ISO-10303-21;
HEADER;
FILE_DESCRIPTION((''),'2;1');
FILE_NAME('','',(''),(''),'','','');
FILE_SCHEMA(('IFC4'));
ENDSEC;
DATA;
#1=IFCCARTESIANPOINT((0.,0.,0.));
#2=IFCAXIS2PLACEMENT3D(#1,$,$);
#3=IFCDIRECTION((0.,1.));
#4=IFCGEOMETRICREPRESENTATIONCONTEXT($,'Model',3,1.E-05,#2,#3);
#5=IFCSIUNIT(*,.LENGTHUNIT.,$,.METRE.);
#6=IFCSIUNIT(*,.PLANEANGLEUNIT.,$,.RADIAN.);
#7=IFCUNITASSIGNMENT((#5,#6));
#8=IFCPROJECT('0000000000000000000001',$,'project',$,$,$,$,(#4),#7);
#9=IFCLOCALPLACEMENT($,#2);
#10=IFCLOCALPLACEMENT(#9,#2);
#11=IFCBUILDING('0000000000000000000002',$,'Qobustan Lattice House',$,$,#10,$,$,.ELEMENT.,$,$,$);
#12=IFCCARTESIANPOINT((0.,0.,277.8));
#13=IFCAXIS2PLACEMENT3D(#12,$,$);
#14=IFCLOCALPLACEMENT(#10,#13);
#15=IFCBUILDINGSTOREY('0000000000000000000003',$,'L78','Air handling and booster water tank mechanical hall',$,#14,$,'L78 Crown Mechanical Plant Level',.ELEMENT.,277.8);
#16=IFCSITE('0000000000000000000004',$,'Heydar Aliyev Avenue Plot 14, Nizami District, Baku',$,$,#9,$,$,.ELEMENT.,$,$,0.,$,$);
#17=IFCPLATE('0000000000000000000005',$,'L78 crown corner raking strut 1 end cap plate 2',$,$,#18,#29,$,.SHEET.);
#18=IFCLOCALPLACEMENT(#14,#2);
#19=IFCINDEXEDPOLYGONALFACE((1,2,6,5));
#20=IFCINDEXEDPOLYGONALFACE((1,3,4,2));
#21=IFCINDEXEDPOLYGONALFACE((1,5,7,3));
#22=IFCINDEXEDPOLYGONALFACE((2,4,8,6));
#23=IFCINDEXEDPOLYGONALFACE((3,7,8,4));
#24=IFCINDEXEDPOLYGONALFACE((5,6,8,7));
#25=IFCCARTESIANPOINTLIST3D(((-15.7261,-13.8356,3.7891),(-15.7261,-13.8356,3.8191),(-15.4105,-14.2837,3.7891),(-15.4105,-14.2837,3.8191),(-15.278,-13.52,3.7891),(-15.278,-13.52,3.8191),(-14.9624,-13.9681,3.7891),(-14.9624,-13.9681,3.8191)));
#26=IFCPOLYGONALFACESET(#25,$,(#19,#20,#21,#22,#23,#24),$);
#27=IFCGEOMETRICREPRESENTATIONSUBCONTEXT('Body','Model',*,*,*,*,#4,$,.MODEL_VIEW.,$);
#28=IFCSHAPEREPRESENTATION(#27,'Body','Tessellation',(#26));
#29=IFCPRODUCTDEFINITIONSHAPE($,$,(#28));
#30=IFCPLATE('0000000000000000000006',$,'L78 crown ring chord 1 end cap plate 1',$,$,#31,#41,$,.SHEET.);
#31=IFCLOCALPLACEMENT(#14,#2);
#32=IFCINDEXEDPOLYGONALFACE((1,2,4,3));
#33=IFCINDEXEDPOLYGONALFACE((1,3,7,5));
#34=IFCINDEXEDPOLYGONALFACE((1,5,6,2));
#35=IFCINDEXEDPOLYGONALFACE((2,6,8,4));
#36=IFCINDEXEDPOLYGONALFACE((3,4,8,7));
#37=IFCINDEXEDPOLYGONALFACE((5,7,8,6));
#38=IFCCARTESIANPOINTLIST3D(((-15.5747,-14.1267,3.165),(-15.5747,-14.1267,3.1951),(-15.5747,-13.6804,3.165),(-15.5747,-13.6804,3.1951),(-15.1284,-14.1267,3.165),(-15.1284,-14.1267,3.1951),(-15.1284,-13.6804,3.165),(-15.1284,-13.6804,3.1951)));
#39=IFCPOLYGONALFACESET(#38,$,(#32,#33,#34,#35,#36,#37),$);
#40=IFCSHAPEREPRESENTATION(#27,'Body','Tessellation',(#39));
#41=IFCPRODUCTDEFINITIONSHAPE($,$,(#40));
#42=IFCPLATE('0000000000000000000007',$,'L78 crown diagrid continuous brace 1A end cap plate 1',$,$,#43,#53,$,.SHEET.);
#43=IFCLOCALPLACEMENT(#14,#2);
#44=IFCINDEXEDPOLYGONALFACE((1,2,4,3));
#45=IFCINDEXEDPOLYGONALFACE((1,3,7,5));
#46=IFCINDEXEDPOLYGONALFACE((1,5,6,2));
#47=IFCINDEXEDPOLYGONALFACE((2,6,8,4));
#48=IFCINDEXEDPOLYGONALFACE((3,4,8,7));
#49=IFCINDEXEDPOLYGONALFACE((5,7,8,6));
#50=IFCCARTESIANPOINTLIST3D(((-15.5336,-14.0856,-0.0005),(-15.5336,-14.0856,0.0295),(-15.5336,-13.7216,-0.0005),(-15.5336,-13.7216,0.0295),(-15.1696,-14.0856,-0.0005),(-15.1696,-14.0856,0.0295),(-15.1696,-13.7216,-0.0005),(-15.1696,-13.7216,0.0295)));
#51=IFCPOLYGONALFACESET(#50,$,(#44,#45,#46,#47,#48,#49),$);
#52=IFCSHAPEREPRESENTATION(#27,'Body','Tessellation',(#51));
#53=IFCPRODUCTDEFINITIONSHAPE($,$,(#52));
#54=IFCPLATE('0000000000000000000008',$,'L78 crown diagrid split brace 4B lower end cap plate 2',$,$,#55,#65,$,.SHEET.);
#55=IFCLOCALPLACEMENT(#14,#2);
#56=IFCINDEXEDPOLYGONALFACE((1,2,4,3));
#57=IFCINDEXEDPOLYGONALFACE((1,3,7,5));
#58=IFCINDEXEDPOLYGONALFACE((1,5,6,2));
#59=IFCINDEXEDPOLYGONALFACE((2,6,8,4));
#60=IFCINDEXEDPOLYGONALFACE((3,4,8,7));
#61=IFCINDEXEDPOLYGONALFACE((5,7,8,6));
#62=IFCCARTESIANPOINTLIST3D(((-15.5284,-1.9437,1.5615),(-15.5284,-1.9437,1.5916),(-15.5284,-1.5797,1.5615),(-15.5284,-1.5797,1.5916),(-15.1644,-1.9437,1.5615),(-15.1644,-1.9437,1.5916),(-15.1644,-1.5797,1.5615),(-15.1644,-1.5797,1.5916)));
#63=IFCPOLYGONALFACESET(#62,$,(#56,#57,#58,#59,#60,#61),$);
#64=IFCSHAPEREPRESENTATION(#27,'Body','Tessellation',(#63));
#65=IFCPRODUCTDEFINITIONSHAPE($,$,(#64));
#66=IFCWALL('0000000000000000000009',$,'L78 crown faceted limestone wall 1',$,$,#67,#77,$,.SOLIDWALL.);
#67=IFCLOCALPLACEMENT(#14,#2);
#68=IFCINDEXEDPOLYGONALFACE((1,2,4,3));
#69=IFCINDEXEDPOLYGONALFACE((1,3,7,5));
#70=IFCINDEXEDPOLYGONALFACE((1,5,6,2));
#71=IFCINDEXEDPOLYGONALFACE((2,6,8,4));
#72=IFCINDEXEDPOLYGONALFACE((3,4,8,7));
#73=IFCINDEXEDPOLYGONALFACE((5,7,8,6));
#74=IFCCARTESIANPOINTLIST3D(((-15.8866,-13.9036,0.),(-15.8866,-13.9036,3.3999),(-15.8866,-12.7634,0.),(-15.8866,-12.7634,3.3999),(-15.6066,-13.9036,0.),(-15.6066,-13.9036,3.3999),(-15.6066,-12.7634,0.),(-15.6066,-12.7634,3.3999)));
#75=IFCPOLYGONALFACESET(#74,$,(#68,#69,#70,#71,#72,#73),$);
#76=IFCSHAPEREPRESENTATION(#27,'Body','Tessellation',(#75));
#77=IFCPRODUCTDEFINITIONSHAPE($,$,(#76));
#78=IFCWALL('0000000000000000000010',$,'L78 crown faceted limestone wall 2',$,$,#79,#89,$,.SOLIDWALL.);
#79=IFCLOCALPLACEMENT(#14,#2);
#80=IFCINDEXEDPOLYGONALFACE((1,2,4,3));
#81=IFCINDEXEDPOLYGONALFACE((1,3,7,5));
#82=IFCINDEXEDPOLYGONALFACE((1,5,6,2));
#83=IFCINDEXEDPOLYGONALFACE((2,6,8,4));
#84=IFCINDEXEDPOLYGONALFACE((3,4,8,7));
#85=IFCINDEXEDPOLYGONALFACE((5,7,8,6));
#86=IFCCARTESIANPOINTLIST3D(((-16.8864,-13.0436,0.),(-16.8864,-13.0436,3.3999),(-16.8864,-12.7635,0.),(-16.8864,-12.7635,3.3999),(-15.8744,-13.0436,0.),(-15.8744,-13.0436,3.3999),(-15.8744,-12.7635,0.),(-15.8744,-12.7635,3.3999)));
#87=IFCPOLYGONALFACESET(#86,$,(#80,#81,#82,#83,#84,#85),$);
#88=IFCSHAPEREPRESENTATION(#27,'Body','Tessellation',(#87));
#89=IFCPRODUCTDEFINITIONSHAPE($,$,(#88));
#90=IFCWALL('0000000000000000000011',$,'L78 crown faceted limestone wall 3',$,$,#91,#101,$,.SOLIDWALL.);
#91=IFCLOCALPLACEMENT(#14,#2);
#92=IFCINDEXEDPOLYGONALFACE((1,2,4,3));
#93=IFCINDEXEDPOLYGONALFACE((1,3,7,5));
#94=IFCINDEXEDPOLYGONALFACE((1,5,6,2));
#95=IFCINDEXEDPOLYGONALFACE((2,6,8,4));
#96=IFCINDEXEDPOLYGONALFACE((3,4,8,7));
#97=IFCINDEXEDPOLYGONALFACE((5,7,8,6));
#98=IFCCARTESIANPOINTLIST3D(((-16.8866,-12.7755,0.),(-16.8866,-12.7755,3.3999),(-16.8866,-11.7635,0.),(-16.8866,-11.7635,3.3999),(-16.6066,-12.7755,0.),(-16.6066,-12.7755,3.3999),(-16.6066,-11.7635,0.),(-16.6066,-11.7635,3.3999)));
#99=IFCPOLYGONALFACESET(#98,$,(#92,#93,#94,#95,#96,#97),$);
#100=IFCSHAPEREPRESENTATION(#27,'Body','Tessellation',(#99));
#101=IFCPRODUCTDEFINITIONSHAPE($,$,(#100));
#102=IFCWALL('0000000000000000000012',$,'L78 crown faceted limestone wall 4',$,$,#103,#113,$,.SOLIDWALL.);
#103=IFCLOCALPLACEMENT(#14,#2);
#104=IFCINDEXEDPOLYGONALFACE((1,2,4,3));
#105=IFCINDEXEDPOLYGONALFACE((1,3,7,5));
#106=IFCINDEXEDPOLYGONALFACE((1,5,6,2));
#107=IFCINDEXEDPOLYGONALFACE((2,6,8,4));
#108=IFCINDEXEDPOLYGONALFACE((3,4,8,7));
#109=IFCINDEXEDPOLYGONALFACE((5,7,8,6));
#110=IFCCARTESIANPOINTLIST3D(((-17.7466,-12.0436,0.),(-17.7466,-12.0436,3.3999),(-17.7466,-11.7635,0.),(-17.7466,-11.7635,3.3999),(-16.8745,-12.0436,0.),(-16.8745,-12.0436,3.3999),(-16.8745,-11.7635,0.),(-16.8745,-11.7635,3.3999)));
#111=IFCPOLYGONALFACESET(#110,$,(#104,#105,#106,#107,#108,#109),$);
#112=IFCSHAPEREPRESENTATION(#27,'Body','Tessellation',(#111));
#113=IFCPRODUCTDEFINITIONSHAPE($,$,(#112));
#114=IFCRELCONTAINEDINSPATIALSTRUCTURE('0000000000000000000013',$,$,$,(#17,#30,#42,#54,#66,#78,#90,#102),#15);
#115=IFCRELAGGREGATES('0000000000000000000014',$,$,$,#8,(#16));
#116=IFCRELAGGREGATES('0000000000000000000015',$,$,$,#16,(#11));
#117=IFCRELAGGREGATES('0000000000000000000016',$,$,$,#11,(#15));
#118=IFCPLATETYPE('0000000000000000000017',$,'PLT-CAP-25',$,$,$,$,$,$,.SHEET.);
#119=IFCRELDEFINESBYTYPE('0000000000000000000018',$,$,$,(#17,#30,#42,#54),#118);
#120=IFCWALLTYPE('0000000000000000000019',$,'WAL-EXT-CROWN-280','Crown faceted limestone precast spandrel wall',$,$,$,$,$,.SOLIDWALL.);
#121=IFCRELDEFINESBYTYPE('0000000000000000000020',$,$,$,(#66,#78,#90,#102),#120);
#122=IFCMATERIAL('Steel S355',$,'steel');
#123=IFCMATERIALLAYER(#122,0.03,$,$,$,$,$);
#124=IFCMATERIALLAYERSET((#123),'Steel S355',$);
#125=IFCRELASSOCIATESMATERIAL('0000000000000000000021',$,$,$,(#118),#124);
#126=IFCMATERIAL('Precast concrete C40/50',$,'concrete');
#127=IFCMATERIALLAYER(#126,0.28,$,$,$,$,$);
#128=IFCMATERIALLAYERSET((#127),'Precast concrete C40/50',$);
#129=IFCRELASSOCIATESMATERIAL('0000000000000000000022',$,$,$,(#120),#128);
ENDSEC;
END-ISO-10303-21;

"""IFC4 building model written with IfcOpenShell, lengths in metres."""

from ifc_helpers import new_model, si_unit, direction, frame, frame_2d, origin, origin_2d, place, context, subcontext, project, spatial, rectangle, extrude, material, layer, layer_set, type_object, element, save


model = new_model("IFC4")

# Units and contexts
model_context = context("Model", 3, precision=1e-05, world=origin(), true_north=direction((0.0, 1.0)))
body_context = subcontext(model_context, "Body", "Model", "MODEL_VIEW")
ifc_project = project(units=[si_unit("LENGTHUNIT", "METRE"), si_unit("PLANEANGLEUNIT", "RADIAN")], contexts=[model_context])

# Site, building, storey
site_placement = place(None, origin())
site = spatial("IfcSite", under=ifc_project, at=site_placement, Name="Heydar Aliyev Avenue Plot 14, Nizami District, Baku", CompositionType="ELEMENT", RefElevation=0.0)
building_placement = place(site_placement, origin())
building = spatial("IfcBuilding", under=site, at=building_placement, Name="Qobustan Lattice House", CompositionType="ELEMENT")
storey_placement = place(building_placement, frame((0.0, 0.0, 277.8)))
storey = spatial("IfcBuildingStorey", under=building, at=storey_placement, Name="L78", Description="Air handling and booster water tank mechanical hall", LongName="L78 Crown Mechanical Plant Level", CompositionType="ELEMENT", Elevation=277.8)

# Plates
ifc_material_1 = material(Name="Steel S355", Category="steel")
ifc_layer_1 = layer(ifc_material_1, 0.03)
ifc_layer_set_1 = layer_set([ifc_layer_1], Name="Steel S355")
plate_type_1 = type_object("IfcPlateType", Name="PLT-CAP-25", PredefinedType="SHEET", material=ifc_layer_set_1)
for number, where, z_axis, x_axis, name in (
    (1, (-15.3442, -13.9019, 3.7891), (0.0, 0.0, 1.0), (0.817587, 0.575805, 0.0), "L78 crown corner raking strut 1 end cap plate 2"),
):
    element("IfcPlate", number, at=place(storey_placement, frame(where, z_axis=z_axis, x_axis=x_axis)), inside=storey, type_object=plate_type_1, Name=name, PredefinedType="SHEET", context=body_context, shape_type="SweptSolid", body=[
        extrude(rectangle(XDim=0.5481, YDim=0.5481, at=origin_2d()), origin(), (0.0, 0.0, 1.0), 0.03),
    ])
plate_1_placement = place(storey_placement, frame((-15.3516, -13.9036, 3.165), z_axis=(0.0, 0.0, 1.0), x_axis=(1.0, 0.0, 0.0)))
element("IfcPlate", 2, at=plate_1_placement, inside=storey, type_object=plate_type_1, Name="L78 crown ring chord 1 end cap plate 1", PredefinedType="SHEET", context=body_context, shape_type="SweptSolid", body=[
    extrude(rectangle(XDim=0.4463, YDim=0.4463, at=origin_2d()), origin(), (0.0, 0.0, 1.0), 0.03),
])
for number, where, z_axis, x_axis, name in (
    (3, (-15.3516, -13.9036, -0.0005), (0.0, 0.0, 1.0), (1.0, 0.0, 0.0), "L78 crown diagrid continuous brace 1A end cap plate 1"),
    (4, (-15.3464, -1.7617, 1.5615), (0.0, 0.0, 1.0), (0.0, 1.0, 0.0), "L78 crown diagrid split brace 4B lower end cap plate 2"),
):
    element("IfcPlate", number, at=place(storey_placement, frame(where, z_axis=z_axis, x_axis=x_axis)), inside=storey, type_object=plate_type_1, Name=name, PredefinedType="SHEET", context=body_context, shape_type="SweptSolid", body=[
        extrude(rectangle(XDim=0.364, YDim=0.364, at=origin_2d()), origin(), (0.0, 0.0, 1.0), 0.03),
    ])

# Walls
ifc_material_2 = material(Name="Precast concrete C40/50", Category="concrete")
ifc_layer_2 = layer(ifc_material_2, 0.28)
ifc_layer_set_2 = layer_set([ifc_layer_2], Name="Precast concrete C40/50")
wall_type = type_object("IfcWallType", Name="WAL-EXT-CROWN-280", Description="Crown faceted limestone precast spandrel wall", PredefinedType="SOLIDWALL", material=ifc_layer_set_2)
wall_1_placement = place(storey_placement, frame((-15.7466, -13.9036, 0.0), z_axis=(0.0, 0.0, 1.0), x_axis=(0.0, 1.0, 0.0)))
element("IfcWall", 5, at=wall_1_placement, inside=storey, type_object=wall_type, Name="L78 crown faceted limestone wall 1", PredefinedType="SOLIDWALL", context=body_context, shape_type="SweptSolid", body=[
    extrude(rectangle(XDim=1.1401, YDim=0.28, at=frame_2d((0.5701, 0.0))), origin(), (0.0, 0.0, 1.0), 3.3999),
])
for number, where, z_axis, x_axis, name in (
    (6, (-15.8745, -12.9036, 0.0), (0.0, 0.0, 1.0), (-1.0, 0.0, 0.0), "L78 crown faceted limestone wall 2"),
    (7, (-16.7466, -12.7754, 0.0), (0.0, 0.0, 1.0), (0.0, 1.0, 0.0), "L78 crown faceted limestone wall 3"),
):
    element("IfcWall", number, at=place(storey_placement, frame(where, z_axis=z_axis, x_axis=x_axis)), inside=storey, type_object=wall_type, Name=name, PredefinedType="SOLIDWALL", context=body_context, shape_type="SweptSolid", body=[
        extrude(rectangle(XDim=1.012, YDim=0.28, at=frame_2d((0.5059, 0.0))), origin(), (0.0, 0.0, 1.0), 3.3999),
    ])
wall_2_placement = place(storey_placement, frame((-16.8745, -11.9036, 0.0), z_axis=(0.0, 0.0, 1.0), x_axis=(-1.0, 0.0, 0.0)))
element("IfcWall", 8, at=wall_2_placement, inside=storey, type_object=wall_type, Name="L78 crown faceted limestone wall 4", PredefinedType="SOLIDWALL", context=body_context, shape_type="SweptSolid", body=[
    extrude(rectangle(XDim=0.8721, YDim=0.28, at=frame_2d((0.436, 0.0))), origin(), (0.0, 0.0, 1.0), 3.3999),
])

save(model, "model.ifc")
